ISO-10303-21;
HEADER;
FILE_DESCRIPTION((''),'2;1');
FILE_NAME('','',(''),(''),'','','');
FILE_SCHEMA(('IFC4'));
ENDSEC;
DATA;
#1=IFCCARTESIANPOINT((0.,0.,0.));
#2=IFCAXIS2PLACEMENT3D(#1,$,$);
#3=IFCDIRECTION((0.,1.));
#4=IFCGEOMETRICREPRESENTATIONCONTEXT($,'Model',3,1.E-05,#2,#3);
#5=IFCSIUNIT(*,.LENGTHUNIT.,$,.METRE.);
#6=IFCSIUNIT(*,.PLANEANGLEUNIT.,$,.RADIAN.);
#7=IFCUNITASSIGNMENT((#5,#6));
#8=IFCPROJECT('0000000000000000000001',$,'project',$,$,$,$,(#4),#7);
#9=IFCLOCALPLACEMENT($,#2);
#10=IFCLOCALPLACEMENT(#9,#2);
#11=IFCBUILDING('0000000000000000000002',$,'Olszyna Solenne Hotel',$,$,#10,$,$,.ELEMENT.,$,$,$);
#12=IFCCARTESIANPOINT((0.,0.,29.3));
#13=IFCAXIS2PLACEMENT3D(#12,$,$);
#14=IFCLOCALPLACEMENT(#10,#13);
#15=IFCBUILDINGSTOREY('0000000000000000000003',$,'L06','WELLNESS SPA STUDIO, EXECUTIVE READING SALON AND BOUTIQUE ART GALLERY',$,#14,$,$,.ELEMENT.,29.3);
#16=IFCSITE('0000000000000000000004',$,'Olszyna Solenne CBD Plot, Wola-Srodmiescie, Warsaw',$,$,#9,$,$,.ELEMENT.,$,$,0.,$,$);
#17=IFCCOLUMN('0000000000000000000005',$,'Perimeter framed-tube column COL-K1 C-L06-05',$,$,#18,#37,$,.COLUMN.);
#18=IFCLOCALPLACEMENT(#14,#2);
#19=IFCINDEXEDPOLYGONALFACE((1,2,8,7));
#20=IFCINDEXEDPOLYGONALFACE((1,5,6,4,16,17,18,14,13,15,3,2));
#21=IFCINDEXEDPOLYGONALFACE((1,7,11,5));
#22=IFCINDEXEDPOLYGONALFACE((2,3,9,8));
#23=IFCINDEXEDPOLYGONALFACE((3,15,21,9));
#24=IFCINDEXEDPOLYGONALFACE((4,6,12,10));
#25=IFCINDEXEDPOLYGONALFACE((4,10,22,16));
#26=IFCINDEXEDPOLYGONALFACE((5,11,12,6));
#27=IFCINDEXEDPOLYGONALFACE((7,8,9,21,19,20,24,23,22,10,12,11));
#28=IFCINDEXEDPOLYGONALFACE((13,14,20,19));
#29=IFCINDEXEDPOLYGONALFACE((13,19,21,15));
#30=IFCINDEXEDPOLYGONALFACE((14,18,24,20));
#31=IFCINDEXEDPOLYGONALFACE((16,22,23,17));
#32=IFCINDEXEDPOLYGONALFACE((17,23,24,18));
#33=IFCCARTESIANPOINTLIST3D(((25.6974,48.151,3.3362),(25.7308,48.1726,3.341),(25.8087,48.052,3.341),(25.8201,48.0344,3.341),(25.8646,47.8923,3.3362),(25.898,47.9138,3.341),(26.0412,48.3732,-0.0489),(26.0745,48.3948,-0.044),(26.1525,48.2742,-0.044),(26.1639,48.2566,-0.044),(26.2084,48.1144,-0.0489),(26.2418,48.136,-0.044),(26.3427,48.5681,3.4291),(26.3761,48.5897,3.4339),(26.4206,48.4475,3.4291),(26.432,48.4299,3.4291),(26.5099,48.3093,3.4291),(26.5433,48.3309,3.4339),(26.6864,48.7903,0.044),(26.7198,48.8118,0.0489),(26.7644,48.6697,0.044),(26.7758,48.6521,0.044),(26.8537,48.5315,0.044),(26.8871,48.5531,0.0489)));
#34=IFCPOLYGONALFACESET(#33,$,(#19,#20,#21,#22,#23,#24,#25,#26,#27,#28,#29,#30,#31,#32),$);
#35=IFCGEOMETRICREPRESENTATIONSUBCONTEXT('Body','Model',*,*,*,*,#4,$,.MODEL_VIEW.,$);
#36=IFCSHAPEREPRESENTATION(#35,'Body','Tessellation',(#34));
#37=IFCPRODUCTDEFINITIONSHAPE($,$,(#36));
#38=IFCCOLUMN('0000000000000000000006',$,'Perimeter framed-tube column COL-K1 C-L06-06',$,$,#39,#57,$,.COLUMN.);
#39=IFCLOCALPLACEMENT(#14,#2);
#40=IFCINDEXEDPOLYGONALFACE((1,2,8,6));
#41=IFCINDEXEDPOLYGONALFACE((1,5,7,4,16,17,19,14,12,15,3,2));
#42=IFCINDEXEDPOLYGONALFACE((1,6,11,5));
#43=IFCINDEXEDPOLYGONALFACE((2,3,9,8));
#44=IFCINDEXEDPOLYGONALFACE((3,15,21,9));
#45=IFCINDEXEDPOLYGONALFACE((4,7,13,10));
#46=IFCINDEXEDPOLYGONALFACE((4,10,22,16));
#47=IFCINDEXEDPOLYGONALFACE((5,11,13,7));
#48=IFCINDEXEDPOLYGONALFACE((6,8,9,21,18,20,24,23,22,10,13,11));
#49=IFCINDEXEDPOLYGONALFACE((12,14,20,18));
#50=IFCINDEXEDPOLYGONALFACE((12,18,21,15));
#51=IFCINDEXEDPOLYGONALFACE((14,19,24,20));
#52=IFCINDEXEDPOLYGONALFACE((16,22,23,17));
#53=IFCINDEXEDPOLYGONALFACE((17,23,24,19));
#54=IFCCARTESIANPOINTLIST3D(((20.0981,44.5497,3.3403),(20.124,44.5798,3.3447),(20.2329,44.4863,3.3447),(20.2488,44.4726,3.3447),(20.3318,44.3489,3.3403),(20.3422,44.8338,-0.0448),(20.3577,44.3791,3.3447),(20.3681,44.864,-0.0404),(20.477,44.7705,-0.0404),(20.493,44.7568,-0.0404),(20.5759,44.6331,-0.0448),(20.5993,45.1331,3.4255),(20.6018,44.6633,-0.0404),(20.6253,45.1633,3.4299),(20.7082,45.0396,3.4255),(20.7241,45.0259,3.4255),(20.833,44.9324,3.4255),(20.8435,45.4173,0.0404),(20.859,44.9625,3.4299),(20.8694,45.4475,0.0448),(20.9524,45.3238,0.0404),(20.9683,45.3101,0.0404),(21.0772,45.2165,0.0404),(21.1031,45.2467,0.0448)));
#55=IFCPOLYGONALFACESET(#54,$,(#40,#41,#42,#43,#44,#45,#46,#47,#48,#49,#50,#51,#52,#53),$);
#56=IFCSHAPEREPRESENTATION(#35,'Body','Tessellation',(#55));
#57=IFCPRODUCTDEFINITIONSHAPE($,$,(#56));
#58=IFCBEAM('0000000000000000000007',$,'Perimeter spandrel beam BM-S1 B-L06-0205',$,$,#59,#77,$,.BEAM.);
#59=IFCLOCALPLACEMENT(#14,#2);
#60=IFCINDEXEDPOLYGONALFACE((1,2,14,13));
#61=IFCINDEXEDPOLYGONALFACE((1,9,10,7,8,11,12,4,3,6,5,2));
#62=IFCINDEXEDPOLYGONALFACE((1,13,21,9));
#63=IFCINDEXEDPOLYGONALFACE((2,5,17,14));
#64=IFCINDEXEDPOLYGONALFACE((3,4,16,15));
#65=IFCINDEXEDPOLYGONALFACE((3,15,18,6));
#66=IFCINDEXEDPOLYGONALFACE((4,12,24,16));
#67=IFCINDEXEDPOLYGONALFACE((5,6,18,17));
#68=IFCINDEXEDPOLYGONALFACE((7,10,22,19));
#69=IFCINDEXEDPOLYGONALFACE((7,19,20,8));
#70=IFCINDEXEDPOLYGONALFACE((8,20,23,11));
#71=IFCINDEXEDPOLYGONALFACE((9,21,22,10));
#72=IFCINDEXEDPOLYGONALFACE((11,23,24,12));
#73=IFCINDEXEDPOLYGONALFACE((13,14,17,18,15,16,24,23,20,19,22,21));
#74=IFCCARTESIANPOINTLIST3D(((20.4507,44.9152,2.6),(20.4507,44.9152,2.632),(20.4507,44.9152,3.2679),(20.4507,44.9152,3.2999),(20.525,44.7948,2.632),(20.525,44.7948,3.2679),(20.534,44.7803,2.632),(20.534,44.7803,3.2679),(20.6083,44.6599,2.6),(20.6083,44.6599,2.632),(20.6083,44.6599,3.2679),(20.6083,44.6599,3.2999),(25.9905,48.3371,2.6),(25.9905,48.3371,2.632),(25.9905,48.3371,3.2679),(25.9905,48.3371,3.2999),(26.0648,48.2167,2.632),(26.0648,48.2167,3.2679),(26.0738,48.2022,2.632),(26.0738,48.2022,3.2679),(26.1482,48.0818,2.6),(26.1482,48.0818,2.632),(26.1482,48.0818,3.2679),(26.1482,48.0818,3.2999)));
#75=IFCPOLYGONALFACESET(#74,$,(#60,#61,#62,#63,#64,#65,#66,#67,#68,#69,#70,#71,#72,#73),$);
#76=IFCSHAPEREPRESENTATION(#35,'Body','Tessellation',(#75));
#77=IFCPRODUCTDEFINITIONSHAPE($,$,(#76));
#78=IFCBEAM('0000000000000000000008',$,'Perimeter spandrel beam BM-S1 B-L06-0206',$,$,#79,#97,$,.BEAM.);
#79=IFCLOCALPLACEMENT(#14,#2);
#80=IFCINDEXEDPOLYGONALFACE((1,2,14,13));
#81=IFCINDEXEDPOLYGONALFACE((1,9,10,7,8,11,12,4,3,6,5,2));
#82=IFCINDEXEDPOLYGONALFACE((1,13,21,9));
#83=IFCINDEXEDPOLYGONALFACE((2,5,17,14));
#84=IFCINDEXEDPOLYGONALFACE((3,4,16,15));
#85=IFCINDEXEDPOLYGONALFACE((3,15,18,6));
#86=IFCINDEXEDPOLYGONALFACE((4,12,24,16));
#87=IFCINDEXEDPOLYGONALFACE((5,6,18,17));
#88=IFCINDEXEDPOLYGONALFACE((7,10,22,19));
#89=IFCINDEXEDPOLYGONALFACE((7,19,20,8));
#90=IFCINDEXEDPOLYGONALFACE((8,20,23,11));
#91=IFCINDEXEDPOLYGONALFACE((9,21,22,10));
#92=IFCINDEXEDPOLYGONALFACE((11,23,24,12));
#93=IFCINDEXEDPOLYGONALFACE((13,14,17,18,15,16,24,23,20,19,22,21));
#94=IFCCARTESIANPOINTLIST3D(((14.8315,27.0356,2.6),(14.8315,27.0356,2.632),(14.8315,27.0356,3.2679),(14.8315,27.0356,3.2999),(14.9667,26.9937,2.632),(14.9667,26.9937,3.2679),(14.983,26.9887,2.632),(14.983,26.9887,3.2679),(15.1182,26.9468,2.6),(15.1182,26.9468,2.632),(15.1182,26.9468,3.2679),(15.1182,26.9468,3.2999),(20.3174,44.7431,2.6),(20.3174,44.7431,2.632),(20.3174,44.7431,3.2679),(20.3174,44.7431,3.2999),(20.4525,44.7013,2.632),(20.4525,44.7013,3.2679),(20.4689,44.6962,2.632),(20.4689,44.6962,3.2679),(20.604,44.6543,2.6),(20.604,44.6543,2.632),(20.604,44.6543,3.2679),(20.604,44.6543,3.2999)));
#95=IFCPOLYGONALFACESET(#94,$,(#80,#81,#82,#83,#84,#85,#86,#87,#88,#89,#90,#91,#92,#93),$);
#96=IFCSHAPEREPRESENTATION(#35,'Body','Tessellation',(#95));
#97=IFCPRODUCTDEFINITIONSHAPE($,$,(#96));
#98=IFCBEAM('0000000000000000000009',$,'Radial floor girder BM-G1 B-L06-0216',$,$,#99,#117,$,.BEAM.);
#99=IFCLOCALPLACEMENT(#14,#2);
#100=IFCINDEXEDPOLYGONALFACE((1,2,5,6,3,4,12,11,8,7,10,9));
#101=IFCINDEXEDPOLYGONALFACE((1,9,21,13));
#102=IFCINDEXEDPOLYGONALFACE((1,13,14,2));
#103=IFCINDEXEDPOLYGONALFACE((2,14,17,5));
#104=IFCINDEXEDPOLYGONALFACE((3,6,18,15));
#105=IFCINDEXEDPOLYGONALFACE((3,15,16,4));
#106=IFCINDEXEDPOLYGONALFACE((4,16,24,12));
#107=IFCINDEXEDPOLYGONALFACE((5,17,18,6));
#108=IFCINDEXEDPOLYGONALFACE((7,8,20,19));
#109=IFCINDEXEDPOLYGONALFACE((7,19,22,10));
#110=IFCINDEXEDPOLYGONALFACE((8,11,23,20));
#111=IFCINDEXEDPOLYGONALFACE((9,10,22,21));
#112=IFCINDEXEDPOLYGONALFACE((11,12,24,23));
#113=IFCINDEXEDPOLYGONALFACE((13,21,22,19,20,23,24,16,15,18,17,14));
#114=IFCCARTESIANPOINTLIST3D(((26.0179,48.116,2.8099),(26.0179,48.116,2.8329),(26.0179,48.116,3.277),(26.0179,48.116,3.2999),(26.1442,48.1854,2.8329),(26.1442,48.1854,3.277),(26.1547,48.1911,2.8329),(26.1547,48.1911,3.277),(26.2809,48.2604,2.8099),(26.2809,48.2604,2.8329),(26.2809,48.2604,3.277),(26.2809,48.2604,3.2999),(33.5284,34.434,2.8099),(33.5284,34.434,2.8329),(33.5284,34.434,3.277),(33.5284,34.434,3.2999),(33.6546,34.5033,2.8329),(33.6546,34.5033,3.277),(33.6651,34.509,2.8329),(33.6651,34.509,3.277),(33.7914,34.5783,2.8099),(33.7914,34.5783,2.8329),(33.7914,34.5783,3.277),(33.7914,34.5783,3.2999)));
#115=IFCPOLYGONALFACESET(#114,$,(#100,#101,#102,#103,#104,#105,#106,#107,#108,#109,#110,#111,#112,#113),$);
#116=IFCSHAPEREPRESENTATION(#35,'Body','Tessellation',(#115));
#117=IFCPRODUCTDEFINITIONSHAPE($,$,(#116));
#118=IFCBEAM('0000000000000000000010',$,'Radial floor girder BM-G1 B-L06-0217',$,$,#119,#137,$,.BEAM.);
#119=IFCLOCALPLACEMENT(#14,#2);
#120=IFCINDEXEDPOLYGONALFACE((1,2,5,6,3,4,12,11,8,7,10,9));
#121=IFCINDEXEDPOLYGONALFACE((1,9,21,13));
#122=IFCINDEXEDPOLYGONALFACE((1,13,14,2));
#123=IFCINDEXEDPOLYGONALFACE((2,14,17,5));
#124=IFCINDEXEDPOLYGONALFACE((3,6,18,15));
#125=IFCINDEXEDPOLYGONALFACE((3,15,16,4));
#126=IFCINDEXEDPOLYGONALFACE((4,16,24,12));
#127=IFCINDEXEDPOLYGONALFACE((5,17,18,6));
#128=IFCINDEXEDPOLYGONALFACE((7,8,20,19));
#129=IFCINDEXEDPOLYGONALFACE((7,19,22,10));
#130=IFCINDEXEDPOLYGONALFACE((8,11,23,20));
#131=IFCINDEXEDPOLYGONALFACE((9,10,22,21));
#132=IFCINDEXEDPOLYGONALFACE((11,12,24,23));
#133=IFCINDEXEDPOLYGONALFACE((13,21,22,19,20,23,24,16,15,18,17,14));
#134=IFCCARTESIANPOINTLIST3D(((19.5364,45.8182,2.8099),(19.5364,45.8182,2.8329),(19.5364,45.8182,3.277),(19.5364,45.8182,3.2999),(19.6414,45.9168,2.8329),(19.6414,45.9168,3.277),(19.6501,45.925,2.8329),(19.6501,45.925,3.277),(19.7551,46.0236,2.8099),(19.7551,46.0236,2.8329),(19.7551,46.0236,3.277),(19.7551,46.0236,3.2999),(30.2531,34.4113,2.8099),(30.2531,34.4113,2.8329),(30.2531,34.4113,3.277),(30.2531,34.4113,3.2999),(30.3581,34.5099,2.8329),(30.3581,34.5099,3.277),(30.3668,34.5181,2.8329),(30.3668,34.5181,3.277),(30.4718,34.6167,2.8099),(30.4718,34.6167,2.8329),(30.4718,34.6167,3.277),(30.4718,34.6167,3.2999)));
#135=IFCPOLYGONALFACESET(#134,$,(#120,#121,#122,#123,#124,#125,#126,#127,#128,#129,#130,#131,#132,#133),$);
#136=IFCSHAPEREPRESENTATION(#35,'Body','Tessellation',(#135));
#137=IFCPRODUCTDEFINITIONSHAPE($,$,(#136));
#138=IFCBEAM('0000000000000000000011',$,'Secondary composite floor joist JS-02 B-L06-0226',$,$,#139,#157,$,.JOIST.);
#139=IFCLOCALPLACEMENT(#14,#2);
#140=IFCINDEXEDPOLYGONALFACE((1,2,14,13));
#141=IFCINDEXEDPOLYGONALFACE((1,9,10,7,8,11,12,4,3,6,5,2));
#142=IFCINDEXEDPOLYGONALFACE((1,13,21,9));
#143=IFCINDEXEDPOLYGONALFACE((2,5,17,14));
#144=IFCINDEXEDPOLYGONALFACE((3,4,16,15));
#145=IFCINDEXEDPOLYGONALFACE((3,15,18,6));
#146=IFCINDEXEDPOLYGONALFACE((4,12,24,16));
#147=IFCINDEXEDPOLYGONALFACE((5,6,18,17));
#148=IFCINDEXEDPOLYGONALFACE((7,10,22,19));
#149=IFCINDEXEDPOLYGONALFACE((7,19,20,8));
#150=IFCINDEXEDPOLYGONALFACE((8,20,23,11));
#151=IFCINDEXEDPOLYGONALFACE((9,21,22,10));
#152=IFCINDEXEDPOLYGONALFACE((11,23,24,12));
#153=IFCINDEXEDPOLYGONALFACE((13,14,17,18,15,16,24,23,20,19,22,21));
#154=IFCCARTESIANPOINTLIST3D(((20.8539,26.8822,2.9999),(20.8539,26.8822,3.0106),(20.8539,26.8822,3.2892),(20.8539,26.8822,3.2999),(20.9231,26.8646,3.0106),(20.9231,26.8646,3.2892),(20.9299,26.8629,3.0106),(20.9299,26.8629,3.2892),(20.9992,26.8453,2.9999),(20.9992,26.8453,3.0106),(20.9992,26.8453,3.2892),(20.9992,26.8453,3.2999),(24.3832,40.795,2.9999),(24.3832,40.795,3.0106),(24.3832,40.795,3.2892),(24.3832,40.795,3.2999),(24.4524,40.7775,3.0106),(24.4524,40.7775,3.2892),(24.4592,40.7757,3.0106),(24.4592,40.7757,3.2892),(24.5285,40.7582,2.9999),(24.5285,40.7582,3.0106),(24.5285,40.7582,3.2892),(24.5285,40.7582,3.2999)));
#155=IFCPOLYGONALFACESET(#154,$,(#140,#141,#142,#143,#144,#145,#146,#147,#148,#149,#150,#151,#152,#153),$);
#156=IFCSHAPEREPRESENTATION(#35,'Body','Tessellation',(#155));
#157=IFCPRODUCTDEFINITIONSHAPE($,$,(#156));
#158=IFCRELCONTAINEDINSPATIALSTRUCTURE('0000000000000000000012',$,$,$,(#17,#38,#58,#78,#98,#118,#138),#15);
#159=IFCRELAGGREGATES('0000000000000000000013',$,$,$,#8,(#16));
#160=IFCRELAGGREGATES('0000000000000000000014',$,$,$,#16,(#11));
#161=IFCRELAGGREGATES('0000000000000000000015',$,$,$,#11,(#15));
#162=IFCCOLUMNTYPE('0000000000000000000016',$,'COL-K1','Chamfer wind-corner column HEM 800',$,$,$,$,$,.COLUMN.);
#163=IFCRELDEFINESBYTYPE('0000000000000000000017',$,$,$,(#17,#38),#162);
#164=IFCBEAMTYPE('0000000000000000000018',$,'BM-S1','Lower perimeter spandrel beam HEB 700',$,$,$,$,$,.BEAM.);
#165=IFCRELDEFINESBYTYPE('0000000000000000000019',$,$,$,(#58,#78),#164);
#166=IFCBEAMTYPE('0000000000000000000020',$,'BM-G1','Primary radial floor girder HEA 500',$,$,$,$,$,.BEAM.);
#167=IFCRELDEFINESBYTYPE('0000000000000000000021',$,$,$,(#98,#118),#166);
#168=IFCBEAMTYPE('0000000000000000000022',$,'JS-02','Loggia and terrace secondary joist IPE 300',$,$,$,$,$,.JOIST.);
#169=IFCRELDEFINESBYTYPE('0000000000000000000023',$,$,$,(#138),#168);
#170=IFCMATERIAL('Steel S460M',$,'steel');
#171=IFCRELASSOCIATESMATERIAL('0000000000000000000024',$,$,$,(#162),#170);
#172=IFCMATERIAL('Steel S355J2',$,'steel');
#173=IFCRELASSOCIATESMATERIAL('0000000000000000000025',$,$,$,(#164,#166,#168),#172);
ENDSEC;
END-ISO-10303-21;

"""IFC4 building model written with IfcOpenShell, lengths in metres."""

from ifc_helpers import new_model, si_unit, direction, frame, origin, origin_2d, place, context, subcontext, project, spatial, i_section, extrude, source, transform, mapped, material, material_profile, profile_set, type_object, element, save


model = new_model("IFC4")

# Units and contexts
model_context = context("Model", 3, precision=1e-05, world=origin(), true_north=direction((0.0, 1.0)))
body_context = subcontext(model_context, "Body", "Model", "MODEL_VIEW")
ifc_project = project(units=[si_unit("LENGTHUNIT", "METRE"), si_unit("PLANEANGLEUNIT", "RADIAN")], contexts=[model_context])

# Site, building, storey
site_placement = place(None, origin())
site = spatial("IfcSite", under=ifc_project, at=site_placement, Name="Olszyna Solenne CBD Plot, Wola-Srodmiescie, Warsaw", CompositionType="ELEMENT", RefElevation=0.0)
building_placement = place(site_placement, origin())
building = spatial("IfcBuilding", under=site, at=building_placement, Name="Olszyna Solenne Hotel", CompositionType="ELEMENT")
storey_placement = place(building_placement, frame((0.0, 0.0, 29.3)))
storey = spatial("IfcBuildingStorey", under=building, at=storey_placement, Name="L06", Description="WELLNESS SPA STUDIO, EXECUTIVE READING SALON AND BOUTIQUE ART GALLERY", CompositionType="ELEMENT", Elevation=29.3)

# Columns
ifc_material_1 = material(Name="Steel S460M", Category="steel")
ifc_material_profile_1 = material_profile(ifc_material_1, i_section(OverallWidth=0.3081, OverallDepth=0.814, WebThickness=0.021, FlangeThickness=0.04, at=origin_2d()), Name="HEM 800", Category="load-bearing")
ifc_profile_set_1 = profile_set([ifc_material_profile_1], Name="Steel S460M")
column_type = type_object("IfcColumnType", Name="COL-K1", Description="Chamfer wind-corner column HEM 800", PredefinedType="COLUMN", material=ifc_profile_set_1)
shared_shape_1 = source(origin(), body_context, "Body", "SweptSolid", [
    extrude(i_section(OverallWidth=0.3081, OverallDepth=0.814, WebThickness=0.021, FlangeThickness=0.04, at=origin_2d()), origin(), (0.0, 0.0, 1.0), 3.4097),
])
column_1_placement = place(storey_placement, frame((26.4641, 48.4631, 0.0), z_axis=(-0.100816, -0.065158, 0.992769), x_axis=(0.542806, -0.839858, 0.0)))
element("IfcColumn", 1, at=column_1_placement, inside=storey, type_object=column_type, Name="Perimeter framed-tube column COL-K1 C-L06-05", PredefinedType="COLUMN", context=body_context, shape_type="MappedRepresentation", body=[
    mapped(shared_shape_1, transform((0.0, 0.0, 0.0), x_axis=(1.0, 0.0, 0.0), y_axis=(0.0, 1.0, 0.0), z_axis=(0.0, 0.0, 1.0), scale=1.0)),
])
shared_shape_2 = source(origin(), body_context, "Body", "SweptSolid", [
    extrude(i_section(OverallWidth=0.3081, OverallDepth=0.814, WebThickness=0.021, FlangeThickness=0.04, at=origin_2d()), origin(), (0.0, 0.0, 1.0), 3.4058),
])
column_2_placement = place(storey_placement, frame((20.7227, 45.0403, 0.0), z_axis=(-0.071686, -0.083443, 0.993931), x_axis=(0.75852, -0.65165, 0.0)))
element("IfcColumn", 2, at=column_2_placement, inside=storey, type_object=column_type, Name="Perimeter framed-tube column COL-K1 C-L06-06", PredefinedType="COLUMN", context=body_context, shape_type="MappedRepresentation", body=[
    mapped(shared_shape_2, transform((0.0, 0.0, 0.0), x_axis=(1.0, 0.0, 0.0), y_axis=(0.0, 1.0, 0.0), z_axis=(0.0, 0.0, 1.0), scale=1.0)),
])

# Beams
ifc_material_2 = material(Name="Steel S355J2", Category="steel")
ifc_material_profile_2 = material_profile(ifc_material_2, i_section(OverallWidth=0.3, OverallDepth=0.7, WebThickness=0.0171, FlangeThickness=0.032, at=origin_2d()), Name="HEB 700", Category="load-bearing")
ifc_profile_set_2 = profile_set([ifc_material_profile_2], Name="Steel S355J2")
beam_type_1 = type_object("IfcBeamType", Name="BM-S1", Description="Lower perimeter spandrel beam HEB 700", PredefinedType="BEAM", material=ifc_profile_set_2)
shared_shape_3 = source(origin(), body_context, "Body", "SweptSolid", [
    extrude(i_section(OverallWidth=0.3, OverallDepth=0.7, WebThickness=0.0171, FlangeThickness=0.032, at=origin_2d()), origin(), (0.0, 0.0, 1.0), 6.5115),
])
beam_1_placement = place(storey_placement, frame((26.0693, 48.2095, 2.95), z_axis=(-0.850782, -0.525519, 0.0), x_axis=(0.525519, -0.850782, 0.0)))
element("IfcBeam", 3, at=beam_1_placement, inside=storey, type_object=beam_type_1, Name="Perimeter spandrel beam BM-S1 B-L06-0205", PredefinedType="BEAM", context=body_context, shape_type="MappedRepresentation", body=[
    mapped(shared_shape_3, transform((0.0, 0.0, 0.0), x_axis=(1.0, 0.0, 0.0), y_axis=(0.0, 1.0, 0.0), z_axis=(0.0, 0.0, 1.0), scale=1.0)),
])
shared_shape_4 = source(origin(), body_context, "Body", "SweptSolid", [
    extrude(i_section(OverallWidth=0.3, OverallDepth=0.7, WebThickness=0.0171, FlangeThickness=0.032, at=origin_2d()), origin(), (0.0, 0.0, 1.0), 18.5378),
])
beam_2_placement = place(storey_placement, frame((20.4607, 44.6987, 2.95), z_axis=(-0.295927, -0.955211, 0.0), x_axis=(0.955211, -0.295927, 0.0)))
element("IfcBeam", 4, at=beam_2_placement, inside=storey, type_object=beam_type_1, Name="Perimeter spandrel beam BM-S1 B-L06-0206", PredefinedType="BEAM", context=body_context, shape_type="MappedRepresentation", body=[
    mapped(shared_shape_4, transform((0.0, 0.0, 0.0), x_axis=(1.0, 0.0, 0.0), y_axis=(0.0, 1.0, 0.0), z_axis=(0.0, 0.0, 1.0), scale=1.0)),
])
ifc_material_profile_3 = material_profile(ifc_material_2, i_section(OverallWidth=0.3, OverallDepth=0.49, WebThickness=0.012, FlangeThickness=0.0229, at=origin_2d()), Name="HEA 500", Category="load-bearing")
ifc_profile_set_3 = profile_set([ifc_material_profile_3], Name="Steel S355J2")
beam_type_2 = type_object("IfcBeamType", Name="BM-G1", Description="Primary radial floor girder HEA 500", PredefinedType="BEAM", material=ifc_profile_set_3)
shared_shape_5 = source(origin(), body_context, "Body", "SweptSolid", [
    extrude(i_section(OverallWidth=0.3, OverallDepth=0.49, WebThickness=0.012, FlangeThickness=0.0229, at=origin_2d()), origin(), (0.0, 0.0, 1.0), 15.6079),
])
beam_3_placement = place(storey_placement, frame((26.1494, 48.1882, 3.0549), z_axis=(0.481197, -0.876613, 0.0), x_axis=(0.876613, 0.481197, 0.0)))
element("IfcBeam", 5, at=beam_3_placement, inside=storey, type_object=beam_type_2, Name="Radial floor girder BM-G1 B-L06-0216", PredefinedType="BEAM", context=body_context, shape_type="MappedRepresentation", body=[
    mapped(shared_shape_5, transform((0.0, 0.0, 0.0), x_axis=(1.0, 0.0, 0.0), y_axis=(0.0, 1.0, 0.0), z_axis=(0.0, 0.0, 1.0), scale=1.0)),
])
shared_shape_6 = source(origin(), body_context, "Body", "SweptSolid", [
    extrude(i_section(OverallWidth=0.3, OverallDepth=0.49, WebThickness=0.012, FlangeThickness=0.0229, at=origin_2d()), origin(), (0.0, 0.0, 1.0), 15.6514),
])
beam_4_placement = place(storey_placement, frame((19.6458, 45.9209, 3.0549), z_axis=(0.684714, -0.728812, 0.0), x_axis=(0.728812, 0.684714, 0.0)))
element("IfcBeam", 6, at=beam_4_placement, inside=storey, type_object=beam_type_2, Name="Radial floor girder BM-G1 B-L06-0217", PredefinedType="BEAM", context=body_context, shape_type="MappedRepresentation", body=[
    mapped(shared_shape_6, transform((0.0, 0.0, 0.0), x_axis=(1.0, 0.0, 0.0), y_axis=(0.0, 1.0, 0.0), z_axis=(0.0, 0.0, 1.0), scale=1.0)),
])
ifc_material_profile_4 = material_profile(ifc_material_2, i_section(OverallWidth=0.1499, OverallDepth=0.3, WebThickness=0.0071, FlangeThickness=0.0107, at=origin_2d()), Name="IPE 300", Category="load-bearing")
ifc_profile_set_4 = profile_set([ifc_material_profile_4], Name="Steel S355J2")
beam_type_3 = type_object("IfcBeamType", Name="JS-02", Description="Loggia and terrace secondary joist IPE 300", PredefinedType="JOIST", material=ifc_profile_set_4)
shared_shape_7 = source(origin(), body_context, "Body", "SweptSolid", [
    extrude(i_section(OverallWidth=0.1499, OverallDepth=0.3, WebThickness=0.0071, FlangeThickness=0.0107, at=origin_2d()), origin(), (0.0, 0.0, 1.0), 14.3535),
])
beam_5_placement = place(storey_placement, frame((24.4558, 40.7766, 3.1499), z_axis=(-0.245884, -0.969299, 0.0), x_axis=(0.969299, -0.245884, 0.0)))
element("IfcBeam", 7, at=beam_5_placement, inside=storey, type_object=beam_type_3, Name="Secondary composite floor joist JS-02 B-L06-0226", PredefinedType="JOIST", context=body_context, shape_type="MappedRepresentation", body=[
    mapped(shared_shape_7, transform((0.0, 0.0, 0.0), x_axis=(1.0, 0.0, 0.0), y_axis=(0.0, 1.0, 0.0), z_axis=(0.0, 0.0, 1.0), scale=1.0)),
])

save(model, "model.ifc")
